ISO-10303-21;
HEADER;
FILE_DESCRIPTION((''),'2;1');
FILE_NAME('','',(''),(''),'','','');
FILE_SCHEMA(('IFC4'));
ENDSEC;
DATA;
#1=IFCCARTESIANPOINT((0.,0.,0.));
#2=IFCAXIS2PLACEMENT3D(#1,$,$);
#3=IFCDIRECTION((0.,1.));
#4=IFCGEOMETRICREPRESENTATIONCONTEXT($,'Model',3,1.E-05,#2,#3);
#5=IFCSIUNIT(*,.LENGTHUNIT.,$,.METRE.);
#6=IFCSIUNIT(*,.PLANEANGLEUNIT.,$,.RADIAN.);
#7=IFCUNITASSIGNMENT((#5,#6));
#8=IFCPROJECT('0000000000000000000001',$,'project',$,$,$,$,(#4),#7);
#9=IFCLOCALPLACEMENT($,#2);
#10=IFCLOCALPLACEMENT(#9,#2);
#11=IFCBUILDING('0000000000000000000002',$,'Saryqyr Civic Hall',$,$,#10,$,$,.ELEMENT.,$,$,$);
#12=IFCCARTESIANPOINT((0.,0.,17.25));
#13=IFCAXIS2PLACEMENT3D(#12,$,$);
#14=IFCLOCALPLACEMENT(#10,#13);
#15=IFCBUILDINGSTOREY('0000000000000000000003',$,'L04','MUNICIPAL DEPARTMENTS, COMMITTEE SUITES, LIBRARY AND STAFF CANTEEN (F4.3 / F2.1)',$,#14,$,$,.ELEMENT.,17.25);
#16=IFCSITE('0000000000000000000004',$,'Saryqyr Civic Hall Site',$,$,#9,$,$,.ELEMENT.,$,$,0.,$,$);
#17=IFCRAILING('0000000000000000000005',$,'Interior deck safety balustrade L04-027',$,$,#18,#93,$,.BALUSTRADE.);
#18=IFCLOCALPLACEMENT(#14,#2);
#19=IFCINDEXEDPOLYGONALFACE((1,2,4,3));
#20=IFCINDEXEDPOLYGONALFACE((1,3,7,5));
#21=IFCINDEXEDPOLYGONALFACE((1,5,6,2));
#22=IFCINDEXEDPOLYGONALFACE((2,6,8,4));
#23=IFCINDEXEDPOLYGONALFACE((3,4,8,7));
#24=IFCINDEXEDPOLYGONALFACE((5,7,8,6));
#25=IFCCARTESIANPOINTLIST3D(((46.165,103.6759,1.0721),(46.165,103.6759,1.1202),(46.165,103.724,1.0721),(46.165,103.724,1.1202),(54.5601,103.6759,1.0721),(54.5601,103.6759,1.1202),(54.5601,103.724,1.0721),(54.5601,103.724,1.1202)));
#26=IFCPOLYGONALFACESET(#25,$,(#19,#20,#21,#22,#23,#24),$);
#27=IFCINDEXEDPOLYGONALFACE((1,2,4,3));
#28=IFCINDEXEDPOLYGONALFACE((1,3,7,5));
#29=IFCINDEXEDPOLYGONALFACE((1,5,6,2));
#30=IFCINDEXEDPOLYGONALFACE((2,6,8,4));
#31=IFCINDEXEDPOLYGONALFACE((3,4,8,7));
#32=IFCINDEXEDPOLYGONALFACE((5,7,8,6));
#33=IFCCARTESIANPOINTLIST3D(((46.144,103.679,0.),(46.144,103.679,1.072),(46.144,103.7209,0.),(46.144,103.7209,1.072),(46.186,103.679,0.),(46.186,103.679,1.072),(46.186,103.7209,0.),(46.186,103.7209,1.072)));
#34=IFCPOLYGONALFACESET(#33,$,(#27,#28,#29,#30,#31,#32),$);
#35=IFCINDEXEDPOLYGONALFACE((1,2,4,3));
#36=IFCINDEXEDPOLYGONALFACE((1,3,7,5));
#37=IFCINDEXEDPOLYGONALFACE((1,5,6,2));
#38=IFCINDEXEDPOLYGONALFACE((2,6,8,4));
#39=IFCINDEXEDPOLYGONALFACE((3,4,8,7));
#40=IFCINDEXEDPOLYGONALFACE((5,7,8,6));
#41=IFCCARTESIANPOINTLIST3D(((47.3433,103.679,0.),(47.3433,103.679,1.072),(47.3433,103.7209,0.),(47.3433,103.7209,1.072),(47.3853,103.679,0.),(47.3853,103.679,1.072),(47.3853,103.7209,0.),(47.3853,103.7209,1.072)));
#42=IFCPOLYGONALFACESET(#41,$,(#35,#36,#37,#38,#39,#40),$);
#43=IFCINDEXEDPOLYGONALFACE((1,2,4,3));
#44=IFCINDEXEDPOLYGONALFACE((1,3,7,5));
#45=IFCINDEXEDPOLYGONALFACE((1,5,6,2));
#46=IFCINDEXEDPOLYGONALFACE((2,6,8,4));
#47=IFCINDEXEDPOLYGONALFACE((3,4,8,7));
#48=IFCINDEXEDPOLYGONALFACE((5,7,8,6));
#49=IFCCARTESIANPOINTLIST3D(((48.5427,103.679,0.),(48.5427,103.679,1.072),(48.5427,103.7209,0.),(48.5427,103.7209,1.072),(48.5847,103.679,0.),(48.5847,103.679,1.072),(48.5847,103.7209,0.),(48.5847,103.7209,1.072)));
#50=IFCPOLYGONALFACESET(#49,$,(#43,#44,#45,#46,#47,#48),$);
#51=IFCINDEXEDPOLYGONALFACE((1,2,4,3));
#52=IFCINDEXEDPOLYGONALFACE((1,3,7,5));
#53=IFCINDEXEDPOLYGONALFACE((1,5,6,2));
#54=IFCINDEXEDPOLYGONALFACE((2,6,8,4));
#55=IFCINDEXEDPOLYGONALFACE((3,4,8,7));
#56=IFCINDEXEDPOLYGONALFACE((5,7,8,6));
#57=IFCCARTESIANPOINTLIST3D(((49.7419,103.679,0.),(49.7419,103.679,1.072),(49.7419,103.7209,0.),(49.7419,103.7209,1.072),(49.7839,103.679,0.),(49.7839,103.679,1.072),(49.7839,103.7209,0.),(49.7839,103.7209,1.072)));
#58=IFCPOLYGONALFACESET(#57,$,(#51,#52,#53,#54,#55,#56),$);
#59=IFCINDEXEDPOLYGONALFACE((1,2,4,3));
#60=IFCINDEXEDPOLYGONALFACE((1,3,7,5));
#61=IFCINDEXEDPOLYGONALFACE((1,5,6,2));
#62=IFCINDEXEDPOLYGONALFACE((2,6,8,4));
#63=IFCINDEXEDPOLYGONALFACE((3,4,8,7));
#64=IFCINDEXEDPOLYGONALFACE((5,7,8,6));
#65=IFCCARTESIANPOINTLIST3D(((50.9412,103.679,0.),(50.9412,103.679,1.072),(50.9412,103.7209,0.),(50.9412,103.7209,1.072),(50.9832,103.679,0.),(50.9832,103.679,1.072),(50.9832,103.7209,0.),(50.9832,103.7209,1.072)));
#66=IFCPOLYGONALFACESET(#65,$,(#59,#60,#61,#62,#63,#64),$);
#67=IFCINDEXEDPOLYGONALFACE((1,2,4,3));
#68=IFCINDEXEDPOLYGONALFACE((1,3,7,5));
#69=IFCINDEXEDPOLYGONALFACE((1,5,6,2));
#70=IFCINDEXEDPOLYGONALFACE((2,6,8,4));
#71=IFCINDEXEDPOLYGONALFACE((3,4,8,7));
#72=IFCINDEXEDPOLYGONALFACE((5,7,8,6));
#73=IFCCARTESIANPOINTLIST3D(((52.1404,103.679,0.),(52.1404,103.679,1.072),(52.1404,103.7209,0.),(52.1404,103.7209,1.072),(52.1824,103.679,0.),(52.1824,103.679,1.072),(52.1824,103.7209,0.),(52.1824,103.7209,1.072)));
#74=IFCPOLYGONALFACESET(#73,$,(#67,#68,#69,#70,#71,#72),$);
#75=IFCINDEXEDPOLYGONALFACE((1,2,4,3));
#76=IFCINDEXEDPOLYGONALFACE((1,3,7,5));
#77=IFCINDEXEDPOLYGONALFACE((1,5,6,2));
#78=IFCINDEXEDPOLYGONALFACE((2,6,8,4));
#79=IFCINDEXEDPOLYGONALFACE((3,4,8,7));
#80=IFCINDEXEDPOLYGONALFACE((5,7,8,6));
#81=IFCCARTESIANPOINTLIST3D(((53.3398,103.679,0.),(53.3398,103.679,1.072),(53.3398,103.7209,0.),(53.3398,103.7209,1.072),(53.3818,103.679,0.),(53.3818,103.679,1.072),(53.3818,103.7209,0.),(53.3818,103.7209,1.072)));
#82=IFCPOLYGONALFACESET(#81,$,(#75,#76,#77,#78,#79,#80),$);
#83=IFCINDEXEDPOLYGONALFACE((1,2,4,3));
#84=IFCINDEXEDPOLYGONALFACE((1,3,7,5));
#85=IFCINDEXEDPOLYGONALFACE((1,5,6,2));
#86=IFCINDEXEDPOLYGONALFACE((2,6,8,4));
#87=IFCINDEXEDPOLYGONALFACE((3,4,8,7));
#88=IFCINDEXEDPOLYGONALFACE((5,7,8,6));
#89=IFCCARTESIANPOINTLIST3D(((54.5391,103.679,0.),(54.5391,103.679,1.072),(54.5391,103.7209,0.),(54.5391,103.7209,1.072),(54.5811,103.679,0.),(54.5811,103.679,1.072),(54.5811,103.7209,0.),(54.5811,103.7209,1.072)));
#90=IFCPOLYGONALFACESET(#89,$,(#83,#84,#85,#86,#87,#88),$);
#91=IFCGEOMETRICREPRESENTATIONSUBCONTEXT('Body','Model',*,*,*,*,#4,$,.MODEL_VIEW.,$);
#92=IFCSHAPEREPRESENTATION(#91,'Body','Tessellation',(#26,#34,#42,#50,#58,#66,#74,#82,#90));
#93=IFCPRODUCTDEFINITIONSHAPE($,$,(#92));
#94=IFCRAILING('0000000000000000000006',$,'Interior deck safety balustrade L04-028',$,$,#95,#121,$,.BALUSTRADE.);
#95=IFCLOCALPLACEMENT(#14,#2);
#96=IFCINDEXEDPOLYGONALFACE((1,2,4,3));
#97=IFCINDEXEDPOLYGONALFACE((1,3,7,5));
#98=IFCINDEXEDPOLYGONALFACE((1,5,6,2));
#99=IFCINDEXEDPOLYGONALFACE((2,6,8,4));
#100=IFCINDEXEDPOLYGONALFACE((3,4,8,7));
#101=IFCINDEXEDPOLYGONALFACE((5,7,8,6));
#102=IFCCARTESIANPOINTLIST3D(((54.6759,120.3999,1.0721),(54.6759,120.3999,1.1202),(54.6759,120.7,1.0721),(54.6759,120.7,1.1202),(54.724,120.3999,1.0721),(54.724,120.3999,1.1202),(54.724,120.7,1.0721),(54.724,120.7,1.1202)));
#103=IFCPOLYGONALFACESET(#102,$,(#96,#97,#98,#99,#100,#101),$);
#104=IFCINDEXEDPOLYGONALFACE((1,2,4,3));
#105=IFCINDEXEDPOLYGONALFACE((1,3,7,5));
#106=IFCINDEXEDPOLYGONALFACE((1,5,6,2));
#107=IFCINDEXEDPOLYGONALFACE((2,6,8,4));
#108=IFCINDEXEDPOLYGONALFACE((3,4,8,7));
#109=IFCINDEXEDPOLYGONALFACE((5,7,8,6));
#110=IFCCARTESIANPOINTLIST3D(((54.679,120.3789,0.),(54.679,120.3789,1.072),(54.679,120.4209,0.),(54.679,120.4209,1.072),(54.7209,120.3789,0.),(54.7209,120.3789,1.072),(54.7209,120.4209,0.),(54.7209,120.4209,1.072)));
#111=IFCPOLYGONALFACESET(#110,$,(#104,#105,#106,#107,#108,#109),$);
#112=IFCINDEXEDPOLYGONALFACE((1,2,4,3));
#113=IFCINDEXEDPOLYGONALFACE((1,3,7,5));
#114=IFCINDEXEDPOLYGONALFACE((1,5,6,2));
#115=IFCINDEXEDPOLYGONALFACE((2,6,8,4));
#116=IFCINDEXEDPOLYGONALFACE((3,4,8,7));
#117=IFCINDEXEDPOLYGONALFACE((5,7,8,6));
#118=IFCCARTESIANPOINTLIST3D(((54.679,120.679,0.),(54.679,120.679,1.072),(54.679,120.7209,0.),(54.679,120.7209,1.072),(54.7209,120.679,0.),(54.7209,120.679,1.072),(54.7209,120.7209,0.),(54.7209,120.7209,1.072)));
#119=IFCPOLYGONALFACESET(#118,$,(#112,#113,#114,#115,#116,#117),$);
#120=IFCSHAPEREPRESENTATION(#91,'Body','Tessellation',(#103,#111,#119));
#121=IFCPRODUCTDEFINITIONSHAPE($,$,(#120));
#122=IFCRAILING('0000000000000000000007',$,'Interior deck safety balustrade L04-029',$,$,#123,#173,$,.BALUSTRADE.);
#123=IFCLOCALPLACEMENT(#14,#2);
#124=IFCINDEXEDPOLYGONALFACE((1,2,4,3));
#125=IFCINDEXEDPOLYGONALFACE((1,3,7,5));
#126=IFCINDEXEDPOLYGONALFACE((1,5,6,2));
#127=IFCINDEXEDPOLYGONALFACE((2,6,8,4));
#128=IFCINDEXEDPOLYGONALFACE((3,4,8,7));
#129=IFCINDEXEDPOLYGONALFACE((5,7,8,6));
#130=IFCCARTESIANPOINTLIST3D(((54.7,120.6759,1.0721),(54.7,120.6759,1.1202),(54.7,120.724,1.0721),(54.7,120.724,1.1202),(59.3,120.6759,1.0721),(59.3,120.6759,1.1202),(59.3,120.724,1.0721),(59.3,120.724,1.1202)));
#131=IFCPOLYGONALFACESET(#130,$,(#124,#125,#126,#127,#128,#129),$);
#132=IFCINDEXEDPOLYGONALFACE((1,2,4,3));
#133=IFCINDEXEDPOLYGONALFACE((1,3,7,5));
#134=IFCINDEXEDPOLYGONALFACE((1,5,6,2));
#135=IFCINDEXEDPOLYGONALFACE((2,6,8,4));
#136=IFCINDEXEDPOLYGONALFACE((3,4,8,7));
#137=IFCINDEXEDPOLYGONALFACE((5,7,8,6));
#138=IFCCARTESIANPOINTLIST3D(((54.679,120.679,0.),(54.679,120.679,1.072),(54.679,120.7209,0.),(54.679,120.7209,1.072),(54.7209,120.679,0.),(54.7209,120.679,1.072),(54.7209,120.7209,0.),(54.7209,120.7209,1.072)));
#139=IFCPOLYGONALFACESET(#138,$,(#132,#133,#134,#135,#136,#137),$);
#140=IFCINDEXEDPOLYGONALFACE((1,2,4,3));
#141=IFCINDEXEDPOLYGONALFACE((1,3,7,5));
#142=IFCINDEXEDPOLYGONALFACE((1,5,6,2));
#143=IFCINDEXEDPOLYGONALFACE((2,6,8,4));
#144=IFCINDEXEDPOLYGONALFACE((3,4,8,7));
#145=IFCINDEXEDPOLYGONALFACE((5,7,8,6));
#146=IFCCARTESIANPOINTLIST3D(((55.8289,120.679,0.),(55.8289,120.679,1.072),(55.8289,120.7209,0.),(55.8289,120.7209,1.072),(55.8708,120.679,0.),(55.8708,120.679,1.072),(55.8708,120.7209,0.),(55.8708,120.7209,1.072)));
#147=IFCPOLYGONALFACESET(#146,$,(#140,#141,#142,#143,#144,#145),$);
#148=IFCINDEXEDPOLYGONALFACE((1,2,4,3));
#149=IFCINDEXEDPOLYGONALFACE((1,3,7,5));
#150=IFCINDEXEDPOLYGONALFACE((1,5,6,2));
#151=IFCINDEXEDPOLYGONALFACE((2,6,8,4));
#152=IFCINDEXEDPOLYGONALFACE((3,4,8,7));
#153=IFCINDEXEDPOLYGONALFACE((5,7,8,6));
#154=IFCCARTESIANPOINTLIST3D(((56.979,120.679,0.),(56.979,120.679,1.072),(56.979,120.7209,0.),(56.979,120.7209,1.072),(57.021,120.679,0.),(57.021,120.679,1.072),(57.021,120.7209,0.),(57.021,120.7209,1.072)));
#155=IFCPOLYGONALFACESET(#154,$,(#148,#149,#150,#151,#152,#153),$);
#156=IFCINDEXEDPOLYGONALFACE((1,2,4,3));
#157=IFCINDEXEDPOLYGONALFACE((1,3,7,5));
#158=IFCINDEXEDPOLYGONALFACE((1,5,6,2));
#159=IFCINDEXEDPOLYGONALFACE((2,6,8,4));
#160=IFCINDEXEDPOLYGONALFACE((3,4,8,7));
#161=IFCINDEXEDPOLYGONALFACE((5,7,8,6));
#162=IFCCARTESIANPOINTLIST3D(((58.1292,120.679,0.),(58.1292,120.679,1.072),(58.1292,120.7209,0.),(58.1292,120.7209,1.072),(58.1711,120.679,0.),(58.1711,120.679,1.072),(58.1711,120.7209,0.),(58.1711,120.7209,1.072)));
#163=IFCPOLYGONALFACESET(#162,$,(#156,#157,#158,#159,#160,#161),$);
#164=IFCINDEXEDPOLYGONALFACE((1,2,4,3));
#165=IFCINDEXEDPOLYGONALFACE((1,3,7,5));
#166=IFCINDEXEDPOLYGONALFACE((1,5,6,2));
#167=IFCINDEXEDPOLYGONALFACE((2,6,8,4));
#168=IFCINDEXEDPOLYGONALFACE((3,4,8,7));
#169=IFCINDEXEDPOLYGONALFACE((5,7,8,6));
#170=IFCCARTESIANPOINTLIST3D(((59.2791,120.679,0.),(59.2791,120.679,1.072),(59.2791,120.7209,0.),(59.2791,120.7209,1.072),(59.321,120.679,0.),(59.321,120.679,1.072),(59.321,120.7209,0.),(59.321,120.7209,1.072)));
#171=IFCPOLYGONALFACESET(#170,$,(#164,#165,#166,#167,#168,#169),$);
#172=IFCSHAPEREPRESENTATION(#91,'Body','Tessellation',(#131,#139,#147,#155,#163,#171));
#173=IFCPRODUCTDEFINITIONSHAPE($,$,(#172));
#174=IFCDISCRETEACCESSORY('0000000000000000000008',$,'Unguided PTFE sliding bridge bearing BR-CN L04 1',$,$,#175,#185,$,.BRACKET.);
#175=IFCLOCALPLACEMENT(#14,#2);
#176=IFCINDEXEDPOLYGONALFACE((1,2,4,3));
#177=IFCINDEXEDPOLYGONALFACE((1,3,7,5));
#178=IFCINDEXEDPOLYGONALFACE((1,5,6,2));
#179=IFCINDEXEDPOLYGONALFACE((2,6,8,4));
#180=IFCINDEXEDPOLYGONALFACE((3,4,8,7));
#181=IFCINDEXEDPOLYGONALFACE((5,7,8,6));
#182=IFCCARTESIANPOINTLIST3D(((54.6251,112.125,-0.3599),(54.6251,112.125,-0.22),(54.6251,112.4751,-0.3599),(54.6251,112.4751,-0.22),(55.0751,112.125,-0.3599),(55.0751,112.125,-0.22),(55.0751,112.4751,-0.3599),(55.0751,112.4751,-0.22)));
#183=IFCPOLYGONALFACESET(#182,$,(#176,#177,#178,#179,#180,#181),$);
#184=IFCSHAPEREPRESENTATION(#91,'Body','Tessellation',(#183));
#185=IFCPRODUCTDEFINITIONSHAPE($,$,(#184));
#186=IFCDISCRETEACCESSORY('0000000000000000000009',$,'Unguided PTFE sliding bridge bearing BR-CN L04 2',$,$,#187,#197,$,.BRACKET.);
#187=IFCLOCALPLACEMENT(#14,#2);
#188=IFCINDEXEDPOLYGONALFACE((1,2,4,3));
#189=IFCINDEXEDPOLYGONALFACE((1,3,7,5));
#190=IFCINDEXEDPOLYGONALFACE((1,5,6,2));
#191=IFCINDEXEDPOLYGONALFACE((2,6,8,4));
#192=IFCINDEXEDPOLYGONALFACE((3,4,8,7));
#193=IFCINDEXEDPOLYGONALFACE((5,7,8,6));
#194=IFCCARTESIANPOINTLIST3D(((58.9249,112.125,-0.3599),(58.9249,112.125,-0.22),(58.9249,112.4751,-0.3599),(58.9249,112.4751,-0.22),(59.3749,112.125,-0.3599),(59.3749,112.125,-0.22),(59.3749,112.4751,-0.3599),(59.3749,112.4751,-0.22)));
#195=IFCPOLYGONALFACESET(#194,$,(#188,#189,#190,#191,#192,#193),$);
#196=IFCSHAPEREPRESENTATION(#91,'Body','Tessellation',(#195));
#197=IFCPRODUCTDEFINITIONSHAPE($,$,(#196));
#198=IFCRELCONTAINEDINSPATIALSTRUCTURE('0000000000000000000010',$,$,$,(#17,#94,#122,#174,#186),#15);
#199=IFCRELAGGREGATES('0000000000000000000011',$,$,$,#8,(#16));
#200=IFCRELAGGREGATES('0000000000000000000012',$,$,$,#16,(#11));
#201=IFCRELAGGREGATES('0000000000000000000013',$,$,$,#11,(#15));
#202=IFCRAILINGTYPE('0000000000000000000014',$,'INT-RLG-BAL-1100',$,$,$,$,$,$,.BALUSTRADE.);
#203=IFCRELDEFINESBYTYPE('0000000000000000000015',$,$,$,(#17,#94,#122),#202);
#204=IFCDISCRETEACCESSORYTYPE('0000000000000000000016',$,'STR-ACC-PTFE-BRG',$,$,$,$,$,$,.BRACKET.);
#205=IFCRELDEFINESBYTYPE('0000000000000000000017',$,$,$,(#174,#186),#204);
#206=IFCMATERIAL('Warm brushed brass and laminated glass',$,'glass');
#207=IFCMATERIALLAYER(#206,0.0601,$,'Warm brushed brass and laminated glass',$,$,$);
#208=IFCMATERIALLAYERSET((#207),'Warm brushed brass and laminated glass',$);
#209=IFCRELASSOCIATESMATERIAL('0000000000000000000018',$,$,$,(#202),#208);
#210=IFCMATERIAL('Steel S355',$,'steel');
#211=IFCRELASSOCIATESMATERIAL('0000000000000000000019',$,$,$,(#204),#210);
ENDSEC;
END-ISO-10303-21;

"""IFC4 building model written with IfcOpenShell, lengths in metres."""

from ifc_helpers import new_model, si_unit, direction, frame, origin, origin_2d, place, context, subcontext, project, spatial, rectangle, extrude, material, layer, layer_set, type_object, element, save


model = new_model("IFC4")

# Units and contexts
model_context = context("Model", 3, precision=1e-05, world=origin(), true_north=direction((0.0, 1.0)))
body_context = subcontext(model_context, "Body", "Model", "MODEL_VIEW")
ifc_project = project(units=[si_unit("LENGTHUNIT", "METRE"), si_unit("PLANEANGLEUNIT", "RADIAN")], contexts=[model_context])

# Site, building, storey
site_placement = place(None, origin())
site = spatial("IfcSite", under=ifc_project, at=site_placement, Name="Saryqyr Civic Hall Site", CompositionType="ELEMENT", RefElevation=0.0)
building_placement = place(site_placement, origin())
building = spatial("IfcBuilding", under=site, at=building_placement, Name="Saryqyr Civic Hall", CompositionType="ELEMENT")
storey_placement = place(building_placement, frame((0.0, 0.0, 17.25)))
storey = spatial("IfcBuildingStorey", under=building, at=storey_placement, Name="L04", Description="MUNICIPAL DEPARTMENTS, COMMITTEE SUITES, LIBRARY AND STAFF CANTEEN (F4.3 / F2.1)", CompositionType="ELEMENT", Elevation=17.25)

# Shared definitions
ifc_material_1 = material(Name="Steel S355", Category="steel")

# Railings
ifc_material_2 = material(Name="Warm brushed brass and laminated glass", Category="glass")
ifc_layer_1 = layer(ifc_material_2, 0.0601, Name="Warm brushed brass and laminated glass")
ifc_layer_set_1 = layer_set([ifc_layer_1], Name="Warm brushed brass and laminated glass")
railing_type_1 = type_object("IfcRailingType", Name="INT-RLG-BAL-1100", PredefinedType="BALUSTRADE", material=ifc_layer_set_1)
railing_1_placement = place(storey_placement, frame((46.165, 103.7, 0.0)))
element("IfcRailing", 1, at=railing_1_placement, inside=storey, type_object=railing_type_1, Name="Interior deck safety balustrade L04-027", PredefinedType="BALUSTRADE", context=body_context, shape_type="SweptSolid", body=[
    extrude(rectangle(XDim=0.0481, YDim=0.0481, at=origin_2d()), frame((0.0, 0.0, 1.0962), z_axis=(1.0, 0.0, 0.0), x_axis=(0.0, 1.0, 0.0)), (0.0, 0.0, 1.0), 8.395),
    extrude(rectangle(XDim=0.042, YDim=0.042, at=origin_2d()), origin(), (0.0, 0.0, 1.0), 1.072),
    extrude(rectangle(XDim=0.042, YDim=0.042, at=origin_2d()), frame((1.1992, 0.0, 0.0)), (0.0, 0.0, 1.0), 1.072),
    extrude(rectangle(XDim=0.042, YDim=0.042, at=origin_2d()), frame((2.3987, 0.0, 0.0)), (0.0, 0.0, 1.0), 1.072),
    extrude(rectangle(XDim=0.042, YDim=0.042, at=origin_2d()), frame((3.5979, 0.0, 0.0)), (0.0, 0.0, 1.0), 1.072),
    extrude(rectangle(XDim=0.042, YDim=0.042, at=origin_2d()), frame((4.7971, 0.0, 0.0)), (0.0, 0.0, 1.0), 1.072),
    extrude(rectangle(XDim=0.042, YDim=0.042, at=origin_2d()), frame((5.9963, 0.0, 0.0)), (0.0, 0.0, 1.0), 1.072),
    extrude(rectangle(XDim=0.042, YDim=0.042, at=origin_2d()), frame((7.1958, 0.0, 0.0)), (0.0, 0.0, 1.0), 1.072),
    extrude(rectangle(XDim=0.042, YDim=0.042, at=origin_2d()), frame((8.395, 0.0, 0.0)), (0.0, 0.0, 1.0), 1.072),
])
railing_2_placement = place(storey_placement, frame((54.7, 120.3999, 0.0)))
element("IfcRailing", 2, at=railing_2_placement, inside=storey, type_object=railing_type_1, Name="Interior deck safety balustrade L04-028", PredefinedType="BALUSTRADE", context=body_context, shape_type="SweptSolid", body=[
    extrude(rectangle(XDim=0.0481, YDim=0.0481, at=origin_2d()), frame((0.0, 0.0, 1.0962), z_axis=(0.0, 1.0, 0.0), x_axis=(-1.0, 0.0, 0.0)), (0.0, 0.0, 1.0), 0.3),
    extrude(rectangle(XDim=0.042, YDim=0.042, at=origin_2d()), origin(), (0.0, 0.0, 1.0), 1.072),
    extrude(rectangle(XDim=0.042, YDim=0.042, at=origin_2d()), frame((0.0, 0.3, 0.0)), (0.0, 0.0, 1.0), 1.072),
])
railing_3_placement = place(storey_placement, frame((54.7, 120.7, 0.0)))
element("IfcRailing", 3, at=railing_3_placement, inside=storey, type_object=railing_type_1, Name="Interior deck safety balustrade L04-029", PredefinedType="BALUSTRADE", context=body_context, shape_type="SweptSolid", body=[
    extrude(rectangle(XDim=0.0481, YDim=0.0481, at=origin_2d()), frame((0.0, 0.0, 1.0962), z_axis=(1.0, 0.0, 0.0), x_axis=(0.0, 1.0, 0.0)), (0.0, 0.0, 1.0), 4.6001),
    extrude(rectangle(XDim=0.042, YDim=0.042, at=origin_2d()), origin(), (0.0, 0.0, 1.0), 1.072),
    extrude(rectangle(XDim=0.042, YDim=0.042, at=origin_2d()), frame((1.1499, 0.0, 0.0)), (0.0, 0.0, 1.0), 1.072),
    extrude(rectangle(XDim=0.042, YDim=0.042, at=origin_2d()), frame((2.3, 0.0, 0.0)), (0.0, 0.0, 1.0), 1.072),
    extrude(rectangle(XDim=0.042, YDim=0.042, at=origin_2d()), frame((3.4502, 0.0, 0.0)), (0.0, 0.0, 1.0), 1.072),
    extrude(rectangle(XDim=0.042, YDim=0.042, at=origin_2d()), frame((4.6001, 0.0, 0.0)), (0.0, 0.0, 1.0), 1.072),
])

# Discrete accessories
discrete_accessory_type = type_object("IfcDiscreteAccessoryType", Name="STR-ACC-PTFE-BRG", PredefinedType="BRACKET", material=ifc_material_1)
for number, where, z_axis, x_axis, name in (
    (4, (54.8501, 112.3, -0.3599), (0.0, 0.0, 1.0), (1.0, 0.0, 0.0), "Unguided PTFE sliding bridge bearing BR-CN L04 1"),
    (5, (59.1499, 112.3, -0.3599), (0.0, 0.0, 1.0), (1.0, 0.0, 0.0), "Unguided PTFE sliding bridge bearing BR-CN L04 2"),
):
    element("IfcDiscreteAccessory", number, at=place(storey_placement, frame(where, z_axis=z_axis, x_axis=x_axis)), inside=storey, type_object=discrete_accessory_type, Name=name, PredefinedType="BRACKET", context=body_context, shape_type="SweptSolid", body=[
        extrude(rectangle(XDim=0.45, YDim=0.3501, at=origin_2d()), origin(), (0.0, 0.0, 1.0), 0.1399),
    ])

save(model, "model.ifc")
